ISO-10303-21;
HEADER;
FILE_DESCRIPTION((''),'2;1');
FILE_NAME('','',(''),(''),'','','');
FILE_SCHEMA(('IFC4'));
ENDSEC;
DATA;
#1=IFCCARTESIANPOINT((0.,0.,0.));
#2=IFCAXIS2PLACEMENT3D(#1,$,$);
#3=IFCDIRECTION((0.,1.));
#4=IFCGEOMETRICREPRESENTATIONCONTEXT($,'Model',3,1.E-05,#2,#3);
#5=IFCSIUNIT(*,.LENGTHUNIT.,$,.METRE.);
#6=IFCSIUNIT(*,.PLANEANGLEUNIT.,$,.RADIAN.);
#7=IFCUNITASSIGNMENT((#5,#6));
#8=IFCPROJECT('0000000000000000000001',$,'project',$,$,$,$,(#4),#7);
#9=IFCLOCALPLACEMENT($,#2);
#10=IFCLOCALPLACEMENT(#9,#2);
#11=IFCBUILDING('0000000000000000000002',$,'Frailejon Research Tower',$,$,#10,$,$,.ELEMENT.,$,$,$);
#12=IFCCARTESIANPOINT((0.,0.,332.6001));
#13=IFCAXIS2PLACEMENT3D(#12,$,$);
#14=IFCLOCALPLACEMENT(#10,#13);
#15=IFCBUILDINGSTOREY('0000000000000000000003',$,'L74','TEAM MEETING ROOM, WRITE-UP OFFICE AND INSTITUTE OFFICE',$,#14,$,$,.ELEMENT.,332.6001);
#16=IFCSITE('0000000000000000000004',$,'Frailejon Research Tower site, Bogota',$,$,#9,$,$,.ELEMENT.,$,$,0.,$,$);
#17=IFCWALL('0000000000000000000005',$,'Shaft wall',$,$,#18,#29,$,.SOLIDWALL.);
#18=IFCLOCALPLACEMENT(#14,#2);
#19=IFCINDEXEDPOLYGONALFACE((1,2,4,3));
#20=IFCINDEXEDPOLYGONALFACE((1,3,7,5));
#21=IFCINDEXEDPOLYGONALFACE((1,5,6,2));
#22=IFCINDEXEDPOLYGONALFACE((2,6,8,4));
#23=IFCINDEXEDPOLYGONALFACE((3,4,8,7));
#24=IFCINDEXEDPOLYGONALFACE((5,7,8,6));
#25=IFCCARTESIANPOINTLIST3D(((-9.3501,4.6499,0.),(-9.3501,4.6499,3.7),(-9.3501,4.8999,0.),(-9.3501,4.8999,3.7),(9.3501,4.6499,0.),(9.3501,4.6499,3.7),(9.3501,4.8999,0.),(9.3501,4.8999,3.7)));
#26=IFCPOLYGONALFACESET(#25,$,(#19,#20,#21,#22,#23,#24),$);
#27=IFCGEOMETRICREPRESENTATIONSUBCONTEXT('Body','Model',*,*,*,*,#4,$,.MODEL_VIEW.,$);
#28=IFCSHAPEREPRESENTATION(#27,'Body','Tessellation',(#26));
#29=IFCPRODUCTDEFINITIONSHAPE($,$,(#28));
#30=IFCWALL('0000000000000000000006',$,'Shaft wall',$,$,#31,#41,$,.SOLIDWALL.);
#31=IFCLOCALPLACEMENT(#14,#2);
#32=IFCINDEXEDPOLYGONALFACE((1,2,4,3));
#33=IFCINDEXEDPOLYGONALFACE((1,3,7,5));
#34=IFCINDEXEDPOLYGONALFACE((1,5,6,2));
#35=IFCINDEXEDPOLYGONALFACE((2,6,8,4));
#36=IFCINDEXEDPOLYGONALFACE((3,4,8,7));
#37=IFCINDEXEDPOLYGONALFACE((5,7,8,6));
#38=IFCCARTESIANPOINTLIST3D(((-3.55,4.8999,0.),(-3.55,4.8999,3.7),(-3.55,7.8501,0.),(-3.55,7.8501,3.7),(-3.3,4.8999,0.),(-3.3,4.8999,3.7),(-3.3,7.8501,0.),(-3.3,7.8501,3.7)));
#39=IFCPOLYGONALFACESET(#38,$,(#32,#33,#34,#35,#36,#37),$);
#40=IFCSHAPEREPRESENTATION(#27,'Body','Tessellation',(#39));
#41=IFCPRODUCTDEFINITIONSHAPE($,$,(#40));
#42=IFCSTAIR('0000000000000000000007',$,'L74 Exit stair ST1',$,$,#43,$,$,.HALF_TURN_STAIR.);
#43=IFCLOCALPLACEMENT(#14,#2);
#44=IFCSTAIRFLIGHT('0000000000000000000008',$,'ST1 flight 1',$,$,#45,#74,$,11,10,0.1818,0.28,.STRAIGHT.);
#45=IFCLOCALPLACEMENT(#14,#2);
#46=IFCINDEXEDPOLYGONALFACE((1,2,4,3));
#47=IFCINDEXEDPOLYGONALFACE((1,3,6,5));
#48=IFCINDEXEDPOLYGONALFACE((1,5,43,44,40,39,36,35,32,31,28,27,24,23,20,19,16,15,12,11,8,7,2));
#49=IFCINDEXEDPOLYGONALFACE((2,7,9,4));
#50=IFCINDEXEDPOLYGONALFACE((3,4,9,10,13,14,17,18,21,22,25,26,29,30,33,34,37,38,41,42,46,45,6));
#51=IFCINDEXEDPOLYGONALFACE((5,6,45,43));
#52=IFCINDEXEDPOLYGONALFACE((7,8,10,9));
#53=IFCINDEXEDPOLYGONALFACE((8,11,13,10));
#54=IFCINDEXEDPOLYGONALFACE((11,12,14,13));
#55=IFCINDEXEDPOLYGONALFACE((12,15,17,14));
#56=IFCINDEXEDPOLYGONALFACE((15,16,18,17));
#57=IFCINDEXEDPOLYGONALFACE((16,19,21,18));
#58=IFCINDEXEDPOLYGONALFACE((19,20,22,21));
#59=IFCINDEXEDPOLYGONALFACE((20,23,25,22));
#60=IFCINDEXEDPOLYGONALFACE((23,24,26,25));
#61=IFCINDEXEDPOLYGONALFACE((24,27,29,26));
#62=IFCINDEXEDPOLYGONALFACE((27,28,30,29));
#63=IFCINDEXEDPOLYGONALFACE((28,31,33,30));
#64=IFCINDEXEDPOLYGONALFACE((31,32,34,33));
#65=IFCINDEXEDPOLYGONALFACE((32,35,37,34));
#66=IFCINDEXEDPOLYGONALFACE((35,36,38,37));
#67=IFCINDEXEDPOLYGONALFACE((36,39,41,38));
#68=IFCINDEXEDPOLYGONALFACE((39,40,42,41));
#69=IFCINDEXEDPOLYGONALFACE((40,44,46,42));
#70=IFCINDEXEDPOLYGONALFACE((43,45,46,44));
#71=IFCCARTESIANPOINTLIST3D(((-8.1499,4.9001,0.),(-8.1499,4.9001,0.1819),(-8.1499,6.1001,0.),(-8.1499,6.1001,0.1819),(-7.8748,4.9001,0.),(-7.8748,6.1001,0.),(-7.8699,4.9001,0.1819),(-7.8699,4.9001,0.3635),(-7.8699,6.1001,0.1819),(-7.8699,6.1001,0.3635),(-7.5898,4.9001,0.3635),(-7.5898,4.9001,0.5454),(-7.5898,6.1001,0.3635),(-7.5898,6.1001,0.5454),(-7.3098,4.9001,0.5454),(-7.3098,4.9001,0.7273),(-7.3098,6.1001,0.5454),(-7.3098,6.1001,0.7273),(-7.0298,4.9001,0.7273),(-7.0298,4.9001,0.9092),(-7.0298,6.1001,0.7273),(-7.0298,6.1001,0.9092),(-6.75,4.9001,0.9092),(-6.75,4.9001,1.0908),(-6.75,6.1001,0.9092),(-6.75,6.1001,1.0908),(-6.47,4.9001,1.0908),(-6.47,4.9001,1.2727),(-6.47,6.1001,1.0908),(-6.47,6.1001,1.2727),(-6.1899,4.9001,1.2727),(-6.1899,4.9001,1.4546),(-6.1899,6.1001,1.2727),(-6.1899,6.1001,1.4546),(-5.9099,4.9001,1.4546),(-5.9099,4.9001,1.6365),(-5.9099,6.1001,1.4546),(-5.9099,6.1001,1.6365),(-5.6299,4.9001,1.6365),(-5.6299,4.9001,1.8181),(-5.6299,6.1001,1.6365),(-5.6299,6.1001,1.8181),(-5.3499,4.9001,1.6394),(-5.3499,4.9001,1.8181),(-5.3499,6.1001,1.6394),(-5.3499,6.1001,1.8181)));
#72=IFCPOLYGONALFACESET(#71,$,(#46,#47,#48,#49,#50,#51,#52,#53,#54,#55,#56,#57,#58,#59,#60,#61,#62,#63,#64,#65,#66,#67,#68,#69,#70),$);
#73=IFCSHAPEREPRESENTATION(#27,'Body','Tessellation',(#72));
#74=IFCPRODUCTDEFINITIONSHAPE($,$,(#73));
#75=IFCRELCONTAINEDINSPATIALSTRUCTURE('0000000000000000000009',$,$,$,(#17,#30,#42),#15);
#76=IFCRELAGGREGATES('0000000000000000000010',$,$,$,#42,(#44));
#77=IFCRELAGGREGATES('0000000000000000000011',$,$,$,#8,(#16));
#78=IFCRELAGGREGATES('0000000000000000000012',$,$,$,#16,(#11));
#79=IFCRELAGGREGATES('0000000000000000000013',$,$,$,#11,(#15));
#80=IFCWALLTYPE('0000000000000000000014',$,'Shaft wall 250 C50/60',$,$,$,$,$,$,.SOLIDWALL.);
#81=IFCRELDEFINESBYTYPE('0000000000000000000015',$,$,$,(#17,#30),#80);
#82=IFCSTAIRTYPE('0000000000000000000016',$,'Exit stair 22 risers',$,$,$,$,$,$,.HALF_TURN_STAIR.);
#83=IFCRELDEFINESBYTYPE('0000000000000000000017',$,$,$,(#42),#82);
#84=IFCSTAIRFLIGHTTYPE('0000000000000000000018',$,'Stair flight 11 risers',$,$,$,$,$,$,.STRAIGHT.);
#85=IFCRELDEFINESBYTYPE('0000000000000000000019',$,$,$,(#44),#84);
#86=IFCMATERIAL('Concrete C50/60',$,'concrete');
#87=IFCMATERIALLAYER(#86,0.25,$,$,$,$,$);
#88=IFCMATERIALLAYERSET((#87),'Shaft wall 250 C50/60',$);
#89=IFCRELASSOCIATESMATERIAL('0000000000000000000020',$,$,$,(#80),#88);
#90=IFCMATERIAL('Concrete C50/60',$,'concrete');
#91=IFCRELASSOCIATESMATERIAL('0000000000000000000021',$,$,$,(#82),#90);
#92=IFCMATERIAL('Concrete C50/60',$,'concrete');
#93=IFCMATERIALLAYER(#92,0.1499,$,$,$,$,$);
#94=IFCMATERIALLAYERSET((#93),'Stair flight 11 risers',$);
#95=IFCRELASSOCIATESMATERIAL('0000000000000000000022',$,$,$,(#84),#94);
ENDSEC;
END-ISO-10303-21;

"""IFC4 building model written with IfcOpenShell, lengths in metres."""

from ifc_helpers import new_model, si_unit, direction, frame, frame_2d, origin, place, context, subcontext, project, spatial, polyline, rectangle, outline, extrude, material, layer, layer_set, type_object, element, aggregate, save


model = new_model("IFC4")

# Units and contexts
model_context = context("Model", 3, precision=1e-05, world=origin(), true_north=direction((0.0, 1.0)))
body_context = subcontext(model_context, "Body", "Model", "MODEL_VIEW")
ifc_project = project(units=[si_unit("LENGTHUNIT", "METRE"), si_unit("PLANEANGLEUNIT", "RADIAN")], contexts=[model_context])

# Site, building, storey
site_placement = place(None, origin())
site = spatial("IfcSite", under=ifc_project, at=site_placement, Name="Frailejon Research Tower site, Bogota", CompositionType="ELEMENT", RefElevation=0.0)
building_placement = place(site_placement, origin())
building = spatial("IfcBuilding", under=site, at=building_placement, Name="Frailejon Research Tower", CompositionType="ELEMENT")
storey_placement = place(building_placement, frame((0.0, 0.0, 332.6001)))
storey = spatial("IfcBuildingStorey", under=building, at=storey_placement, Name="L74", Description="TEAM MEETING ROOM, WRITE-UP OFFICE AND INSTITUTE OFFICE", CompositionType="ELEMENT", Elevation=332.6001)

# Shared definitions
ifc_material_1 = material(Name="Concrete C50/60", Category="concrete")
ifc_layer_1 = layer(ifc_material_1, 0.25)
ifc_layer_set_1 = layer_set([ifc_layer_1], Name="Shaft wall 250 C50/60")
wall_type_1 = type_object("IfcWallType", Name="Shaft wall 250 C50/60", PredefinedType="SOLIDWALL", material=ifc_layer_set_1)

# Walls
wall_1_placement = place(storey_placement, frame((-9.3501, 4.7749, 0.0), z_axis=(0.0, 0.0, 1.0), x_axis=(1.0, 0.0, 0.0)))
element("IfcWall", 1, at=wall_1_placement, inside=storey, type_object=wall_type_1, Name="Shaft wall", PredefinedType="SOLIDWALL", context=body_context, shape_type="SweptSolid", body=[
    extrude(rectangle(XDim=18.7002, YDim=0.25, at=frame_2d((9.3501, 0.0))), origin(), (0.0, 0.0, 1.0), 3.7),
])
wall_2_placement = place(storey_placement, frame((-3.425, 4.8999, 0.0), z_axis=(0.0, 0.0, 1.0), x_axis=(0.0, 1.0, 0.0)))
element("IfcWall", 2, at=wall_2_placement, inside=storey, type_object=wall_type_1, Name="Shaft wall", PredefinedType="SOLIDWALL", context=body_context, shape_type="SweptSolid", body=[
    extrude(rectangle(XDim=2.9502, YDim=0.25, at=frame_2d((1.4751, 0.0))), origin(), (0.0, 0.0, 1.0), 3.7),
])

# Stair, stair flight
ifc_material_2 = material(Name="Concrete C50/60", Category="concrete")
stair_type = type_object("IfcStairType", Name="Exit stair 22 risers", PredefinedType="HALF_TURN_STAIR", material=ifc_material_2)
stair_placement = place(storey_placement, origin())
stair = element("IfcStair", 3, at=stair_placement, inside=storey, type_object=stair_type, Name="L74 Exit stair ST1", PredefinedType="HALF_TURN_STAIR")
ifc_material_3 = material(Name="Concrete C50/60", Category="concrete")
ifc_layer_2 = layer(ifc_material_3, 0.1499)
ifc_layer_set_2 = layer_set([ifc_layer_2], Name="Stair flight 11 risers")
stair_flight_type = type_object("IfcStairFlightType", Name="Stair flight 11 risers", PredefinedType="STRAIGHT", material=ifc_layer_set_2)
stair_flight_placement = place(storey_placement, frame((-8.1499, 5.5, 0.0), z_axis=(0.0, 0.0, 1.0), x_axis=(1.0, 0.0, 0.0)))
stair_flight = element("IfcStairFlight", 4, at=stair_flight_placement, type_object=stair_flight_type, Name="ST1 flight 1", NumberOfRisers=11, NumberOfTreads=10, PredefinedType="STRAIGHT", RiserHeight=0.1818, TreadLength=0.28, context=body_context, shape_type="SweptSolid", body=[
    extrude(outline(polyline([(0.0, 0.0), (0.0, 0.1819), (0.28, 0.1819), (0.28, 0.3635), (0.5601, 0.3635), (0.5601, 0.5454), (0.8401, 0.5454), (0.8401, 0.7273), (1.1201, 0.7273), (1.1201, 0.9092), (1.3999, 0.9092), (1.3999, 1.0908), (1.6799, 1.0908), (1.6799, 1.2727), (1.96, 1.2727), (1.96, 1.4546), (2.24, 1.4546), (2.24, 1.6365), (2.52, 1.6365), (2.52, 1.8181), (2.8, 1.8181), (2.8, 2.0), (2.8, 1.6394), (0.2751, 0.0), (0.0, 0.0)])), frame((0.0, 0.6001, 0.0), z_axis=(0.0, -1.0, 0.0), x_axis=(1.0, 0.0, 0.0)), (0.0, 0.0, 1.0), 1.2),
])
aggregate(stair, [stair_flight])

save(model, "model.ifc")
